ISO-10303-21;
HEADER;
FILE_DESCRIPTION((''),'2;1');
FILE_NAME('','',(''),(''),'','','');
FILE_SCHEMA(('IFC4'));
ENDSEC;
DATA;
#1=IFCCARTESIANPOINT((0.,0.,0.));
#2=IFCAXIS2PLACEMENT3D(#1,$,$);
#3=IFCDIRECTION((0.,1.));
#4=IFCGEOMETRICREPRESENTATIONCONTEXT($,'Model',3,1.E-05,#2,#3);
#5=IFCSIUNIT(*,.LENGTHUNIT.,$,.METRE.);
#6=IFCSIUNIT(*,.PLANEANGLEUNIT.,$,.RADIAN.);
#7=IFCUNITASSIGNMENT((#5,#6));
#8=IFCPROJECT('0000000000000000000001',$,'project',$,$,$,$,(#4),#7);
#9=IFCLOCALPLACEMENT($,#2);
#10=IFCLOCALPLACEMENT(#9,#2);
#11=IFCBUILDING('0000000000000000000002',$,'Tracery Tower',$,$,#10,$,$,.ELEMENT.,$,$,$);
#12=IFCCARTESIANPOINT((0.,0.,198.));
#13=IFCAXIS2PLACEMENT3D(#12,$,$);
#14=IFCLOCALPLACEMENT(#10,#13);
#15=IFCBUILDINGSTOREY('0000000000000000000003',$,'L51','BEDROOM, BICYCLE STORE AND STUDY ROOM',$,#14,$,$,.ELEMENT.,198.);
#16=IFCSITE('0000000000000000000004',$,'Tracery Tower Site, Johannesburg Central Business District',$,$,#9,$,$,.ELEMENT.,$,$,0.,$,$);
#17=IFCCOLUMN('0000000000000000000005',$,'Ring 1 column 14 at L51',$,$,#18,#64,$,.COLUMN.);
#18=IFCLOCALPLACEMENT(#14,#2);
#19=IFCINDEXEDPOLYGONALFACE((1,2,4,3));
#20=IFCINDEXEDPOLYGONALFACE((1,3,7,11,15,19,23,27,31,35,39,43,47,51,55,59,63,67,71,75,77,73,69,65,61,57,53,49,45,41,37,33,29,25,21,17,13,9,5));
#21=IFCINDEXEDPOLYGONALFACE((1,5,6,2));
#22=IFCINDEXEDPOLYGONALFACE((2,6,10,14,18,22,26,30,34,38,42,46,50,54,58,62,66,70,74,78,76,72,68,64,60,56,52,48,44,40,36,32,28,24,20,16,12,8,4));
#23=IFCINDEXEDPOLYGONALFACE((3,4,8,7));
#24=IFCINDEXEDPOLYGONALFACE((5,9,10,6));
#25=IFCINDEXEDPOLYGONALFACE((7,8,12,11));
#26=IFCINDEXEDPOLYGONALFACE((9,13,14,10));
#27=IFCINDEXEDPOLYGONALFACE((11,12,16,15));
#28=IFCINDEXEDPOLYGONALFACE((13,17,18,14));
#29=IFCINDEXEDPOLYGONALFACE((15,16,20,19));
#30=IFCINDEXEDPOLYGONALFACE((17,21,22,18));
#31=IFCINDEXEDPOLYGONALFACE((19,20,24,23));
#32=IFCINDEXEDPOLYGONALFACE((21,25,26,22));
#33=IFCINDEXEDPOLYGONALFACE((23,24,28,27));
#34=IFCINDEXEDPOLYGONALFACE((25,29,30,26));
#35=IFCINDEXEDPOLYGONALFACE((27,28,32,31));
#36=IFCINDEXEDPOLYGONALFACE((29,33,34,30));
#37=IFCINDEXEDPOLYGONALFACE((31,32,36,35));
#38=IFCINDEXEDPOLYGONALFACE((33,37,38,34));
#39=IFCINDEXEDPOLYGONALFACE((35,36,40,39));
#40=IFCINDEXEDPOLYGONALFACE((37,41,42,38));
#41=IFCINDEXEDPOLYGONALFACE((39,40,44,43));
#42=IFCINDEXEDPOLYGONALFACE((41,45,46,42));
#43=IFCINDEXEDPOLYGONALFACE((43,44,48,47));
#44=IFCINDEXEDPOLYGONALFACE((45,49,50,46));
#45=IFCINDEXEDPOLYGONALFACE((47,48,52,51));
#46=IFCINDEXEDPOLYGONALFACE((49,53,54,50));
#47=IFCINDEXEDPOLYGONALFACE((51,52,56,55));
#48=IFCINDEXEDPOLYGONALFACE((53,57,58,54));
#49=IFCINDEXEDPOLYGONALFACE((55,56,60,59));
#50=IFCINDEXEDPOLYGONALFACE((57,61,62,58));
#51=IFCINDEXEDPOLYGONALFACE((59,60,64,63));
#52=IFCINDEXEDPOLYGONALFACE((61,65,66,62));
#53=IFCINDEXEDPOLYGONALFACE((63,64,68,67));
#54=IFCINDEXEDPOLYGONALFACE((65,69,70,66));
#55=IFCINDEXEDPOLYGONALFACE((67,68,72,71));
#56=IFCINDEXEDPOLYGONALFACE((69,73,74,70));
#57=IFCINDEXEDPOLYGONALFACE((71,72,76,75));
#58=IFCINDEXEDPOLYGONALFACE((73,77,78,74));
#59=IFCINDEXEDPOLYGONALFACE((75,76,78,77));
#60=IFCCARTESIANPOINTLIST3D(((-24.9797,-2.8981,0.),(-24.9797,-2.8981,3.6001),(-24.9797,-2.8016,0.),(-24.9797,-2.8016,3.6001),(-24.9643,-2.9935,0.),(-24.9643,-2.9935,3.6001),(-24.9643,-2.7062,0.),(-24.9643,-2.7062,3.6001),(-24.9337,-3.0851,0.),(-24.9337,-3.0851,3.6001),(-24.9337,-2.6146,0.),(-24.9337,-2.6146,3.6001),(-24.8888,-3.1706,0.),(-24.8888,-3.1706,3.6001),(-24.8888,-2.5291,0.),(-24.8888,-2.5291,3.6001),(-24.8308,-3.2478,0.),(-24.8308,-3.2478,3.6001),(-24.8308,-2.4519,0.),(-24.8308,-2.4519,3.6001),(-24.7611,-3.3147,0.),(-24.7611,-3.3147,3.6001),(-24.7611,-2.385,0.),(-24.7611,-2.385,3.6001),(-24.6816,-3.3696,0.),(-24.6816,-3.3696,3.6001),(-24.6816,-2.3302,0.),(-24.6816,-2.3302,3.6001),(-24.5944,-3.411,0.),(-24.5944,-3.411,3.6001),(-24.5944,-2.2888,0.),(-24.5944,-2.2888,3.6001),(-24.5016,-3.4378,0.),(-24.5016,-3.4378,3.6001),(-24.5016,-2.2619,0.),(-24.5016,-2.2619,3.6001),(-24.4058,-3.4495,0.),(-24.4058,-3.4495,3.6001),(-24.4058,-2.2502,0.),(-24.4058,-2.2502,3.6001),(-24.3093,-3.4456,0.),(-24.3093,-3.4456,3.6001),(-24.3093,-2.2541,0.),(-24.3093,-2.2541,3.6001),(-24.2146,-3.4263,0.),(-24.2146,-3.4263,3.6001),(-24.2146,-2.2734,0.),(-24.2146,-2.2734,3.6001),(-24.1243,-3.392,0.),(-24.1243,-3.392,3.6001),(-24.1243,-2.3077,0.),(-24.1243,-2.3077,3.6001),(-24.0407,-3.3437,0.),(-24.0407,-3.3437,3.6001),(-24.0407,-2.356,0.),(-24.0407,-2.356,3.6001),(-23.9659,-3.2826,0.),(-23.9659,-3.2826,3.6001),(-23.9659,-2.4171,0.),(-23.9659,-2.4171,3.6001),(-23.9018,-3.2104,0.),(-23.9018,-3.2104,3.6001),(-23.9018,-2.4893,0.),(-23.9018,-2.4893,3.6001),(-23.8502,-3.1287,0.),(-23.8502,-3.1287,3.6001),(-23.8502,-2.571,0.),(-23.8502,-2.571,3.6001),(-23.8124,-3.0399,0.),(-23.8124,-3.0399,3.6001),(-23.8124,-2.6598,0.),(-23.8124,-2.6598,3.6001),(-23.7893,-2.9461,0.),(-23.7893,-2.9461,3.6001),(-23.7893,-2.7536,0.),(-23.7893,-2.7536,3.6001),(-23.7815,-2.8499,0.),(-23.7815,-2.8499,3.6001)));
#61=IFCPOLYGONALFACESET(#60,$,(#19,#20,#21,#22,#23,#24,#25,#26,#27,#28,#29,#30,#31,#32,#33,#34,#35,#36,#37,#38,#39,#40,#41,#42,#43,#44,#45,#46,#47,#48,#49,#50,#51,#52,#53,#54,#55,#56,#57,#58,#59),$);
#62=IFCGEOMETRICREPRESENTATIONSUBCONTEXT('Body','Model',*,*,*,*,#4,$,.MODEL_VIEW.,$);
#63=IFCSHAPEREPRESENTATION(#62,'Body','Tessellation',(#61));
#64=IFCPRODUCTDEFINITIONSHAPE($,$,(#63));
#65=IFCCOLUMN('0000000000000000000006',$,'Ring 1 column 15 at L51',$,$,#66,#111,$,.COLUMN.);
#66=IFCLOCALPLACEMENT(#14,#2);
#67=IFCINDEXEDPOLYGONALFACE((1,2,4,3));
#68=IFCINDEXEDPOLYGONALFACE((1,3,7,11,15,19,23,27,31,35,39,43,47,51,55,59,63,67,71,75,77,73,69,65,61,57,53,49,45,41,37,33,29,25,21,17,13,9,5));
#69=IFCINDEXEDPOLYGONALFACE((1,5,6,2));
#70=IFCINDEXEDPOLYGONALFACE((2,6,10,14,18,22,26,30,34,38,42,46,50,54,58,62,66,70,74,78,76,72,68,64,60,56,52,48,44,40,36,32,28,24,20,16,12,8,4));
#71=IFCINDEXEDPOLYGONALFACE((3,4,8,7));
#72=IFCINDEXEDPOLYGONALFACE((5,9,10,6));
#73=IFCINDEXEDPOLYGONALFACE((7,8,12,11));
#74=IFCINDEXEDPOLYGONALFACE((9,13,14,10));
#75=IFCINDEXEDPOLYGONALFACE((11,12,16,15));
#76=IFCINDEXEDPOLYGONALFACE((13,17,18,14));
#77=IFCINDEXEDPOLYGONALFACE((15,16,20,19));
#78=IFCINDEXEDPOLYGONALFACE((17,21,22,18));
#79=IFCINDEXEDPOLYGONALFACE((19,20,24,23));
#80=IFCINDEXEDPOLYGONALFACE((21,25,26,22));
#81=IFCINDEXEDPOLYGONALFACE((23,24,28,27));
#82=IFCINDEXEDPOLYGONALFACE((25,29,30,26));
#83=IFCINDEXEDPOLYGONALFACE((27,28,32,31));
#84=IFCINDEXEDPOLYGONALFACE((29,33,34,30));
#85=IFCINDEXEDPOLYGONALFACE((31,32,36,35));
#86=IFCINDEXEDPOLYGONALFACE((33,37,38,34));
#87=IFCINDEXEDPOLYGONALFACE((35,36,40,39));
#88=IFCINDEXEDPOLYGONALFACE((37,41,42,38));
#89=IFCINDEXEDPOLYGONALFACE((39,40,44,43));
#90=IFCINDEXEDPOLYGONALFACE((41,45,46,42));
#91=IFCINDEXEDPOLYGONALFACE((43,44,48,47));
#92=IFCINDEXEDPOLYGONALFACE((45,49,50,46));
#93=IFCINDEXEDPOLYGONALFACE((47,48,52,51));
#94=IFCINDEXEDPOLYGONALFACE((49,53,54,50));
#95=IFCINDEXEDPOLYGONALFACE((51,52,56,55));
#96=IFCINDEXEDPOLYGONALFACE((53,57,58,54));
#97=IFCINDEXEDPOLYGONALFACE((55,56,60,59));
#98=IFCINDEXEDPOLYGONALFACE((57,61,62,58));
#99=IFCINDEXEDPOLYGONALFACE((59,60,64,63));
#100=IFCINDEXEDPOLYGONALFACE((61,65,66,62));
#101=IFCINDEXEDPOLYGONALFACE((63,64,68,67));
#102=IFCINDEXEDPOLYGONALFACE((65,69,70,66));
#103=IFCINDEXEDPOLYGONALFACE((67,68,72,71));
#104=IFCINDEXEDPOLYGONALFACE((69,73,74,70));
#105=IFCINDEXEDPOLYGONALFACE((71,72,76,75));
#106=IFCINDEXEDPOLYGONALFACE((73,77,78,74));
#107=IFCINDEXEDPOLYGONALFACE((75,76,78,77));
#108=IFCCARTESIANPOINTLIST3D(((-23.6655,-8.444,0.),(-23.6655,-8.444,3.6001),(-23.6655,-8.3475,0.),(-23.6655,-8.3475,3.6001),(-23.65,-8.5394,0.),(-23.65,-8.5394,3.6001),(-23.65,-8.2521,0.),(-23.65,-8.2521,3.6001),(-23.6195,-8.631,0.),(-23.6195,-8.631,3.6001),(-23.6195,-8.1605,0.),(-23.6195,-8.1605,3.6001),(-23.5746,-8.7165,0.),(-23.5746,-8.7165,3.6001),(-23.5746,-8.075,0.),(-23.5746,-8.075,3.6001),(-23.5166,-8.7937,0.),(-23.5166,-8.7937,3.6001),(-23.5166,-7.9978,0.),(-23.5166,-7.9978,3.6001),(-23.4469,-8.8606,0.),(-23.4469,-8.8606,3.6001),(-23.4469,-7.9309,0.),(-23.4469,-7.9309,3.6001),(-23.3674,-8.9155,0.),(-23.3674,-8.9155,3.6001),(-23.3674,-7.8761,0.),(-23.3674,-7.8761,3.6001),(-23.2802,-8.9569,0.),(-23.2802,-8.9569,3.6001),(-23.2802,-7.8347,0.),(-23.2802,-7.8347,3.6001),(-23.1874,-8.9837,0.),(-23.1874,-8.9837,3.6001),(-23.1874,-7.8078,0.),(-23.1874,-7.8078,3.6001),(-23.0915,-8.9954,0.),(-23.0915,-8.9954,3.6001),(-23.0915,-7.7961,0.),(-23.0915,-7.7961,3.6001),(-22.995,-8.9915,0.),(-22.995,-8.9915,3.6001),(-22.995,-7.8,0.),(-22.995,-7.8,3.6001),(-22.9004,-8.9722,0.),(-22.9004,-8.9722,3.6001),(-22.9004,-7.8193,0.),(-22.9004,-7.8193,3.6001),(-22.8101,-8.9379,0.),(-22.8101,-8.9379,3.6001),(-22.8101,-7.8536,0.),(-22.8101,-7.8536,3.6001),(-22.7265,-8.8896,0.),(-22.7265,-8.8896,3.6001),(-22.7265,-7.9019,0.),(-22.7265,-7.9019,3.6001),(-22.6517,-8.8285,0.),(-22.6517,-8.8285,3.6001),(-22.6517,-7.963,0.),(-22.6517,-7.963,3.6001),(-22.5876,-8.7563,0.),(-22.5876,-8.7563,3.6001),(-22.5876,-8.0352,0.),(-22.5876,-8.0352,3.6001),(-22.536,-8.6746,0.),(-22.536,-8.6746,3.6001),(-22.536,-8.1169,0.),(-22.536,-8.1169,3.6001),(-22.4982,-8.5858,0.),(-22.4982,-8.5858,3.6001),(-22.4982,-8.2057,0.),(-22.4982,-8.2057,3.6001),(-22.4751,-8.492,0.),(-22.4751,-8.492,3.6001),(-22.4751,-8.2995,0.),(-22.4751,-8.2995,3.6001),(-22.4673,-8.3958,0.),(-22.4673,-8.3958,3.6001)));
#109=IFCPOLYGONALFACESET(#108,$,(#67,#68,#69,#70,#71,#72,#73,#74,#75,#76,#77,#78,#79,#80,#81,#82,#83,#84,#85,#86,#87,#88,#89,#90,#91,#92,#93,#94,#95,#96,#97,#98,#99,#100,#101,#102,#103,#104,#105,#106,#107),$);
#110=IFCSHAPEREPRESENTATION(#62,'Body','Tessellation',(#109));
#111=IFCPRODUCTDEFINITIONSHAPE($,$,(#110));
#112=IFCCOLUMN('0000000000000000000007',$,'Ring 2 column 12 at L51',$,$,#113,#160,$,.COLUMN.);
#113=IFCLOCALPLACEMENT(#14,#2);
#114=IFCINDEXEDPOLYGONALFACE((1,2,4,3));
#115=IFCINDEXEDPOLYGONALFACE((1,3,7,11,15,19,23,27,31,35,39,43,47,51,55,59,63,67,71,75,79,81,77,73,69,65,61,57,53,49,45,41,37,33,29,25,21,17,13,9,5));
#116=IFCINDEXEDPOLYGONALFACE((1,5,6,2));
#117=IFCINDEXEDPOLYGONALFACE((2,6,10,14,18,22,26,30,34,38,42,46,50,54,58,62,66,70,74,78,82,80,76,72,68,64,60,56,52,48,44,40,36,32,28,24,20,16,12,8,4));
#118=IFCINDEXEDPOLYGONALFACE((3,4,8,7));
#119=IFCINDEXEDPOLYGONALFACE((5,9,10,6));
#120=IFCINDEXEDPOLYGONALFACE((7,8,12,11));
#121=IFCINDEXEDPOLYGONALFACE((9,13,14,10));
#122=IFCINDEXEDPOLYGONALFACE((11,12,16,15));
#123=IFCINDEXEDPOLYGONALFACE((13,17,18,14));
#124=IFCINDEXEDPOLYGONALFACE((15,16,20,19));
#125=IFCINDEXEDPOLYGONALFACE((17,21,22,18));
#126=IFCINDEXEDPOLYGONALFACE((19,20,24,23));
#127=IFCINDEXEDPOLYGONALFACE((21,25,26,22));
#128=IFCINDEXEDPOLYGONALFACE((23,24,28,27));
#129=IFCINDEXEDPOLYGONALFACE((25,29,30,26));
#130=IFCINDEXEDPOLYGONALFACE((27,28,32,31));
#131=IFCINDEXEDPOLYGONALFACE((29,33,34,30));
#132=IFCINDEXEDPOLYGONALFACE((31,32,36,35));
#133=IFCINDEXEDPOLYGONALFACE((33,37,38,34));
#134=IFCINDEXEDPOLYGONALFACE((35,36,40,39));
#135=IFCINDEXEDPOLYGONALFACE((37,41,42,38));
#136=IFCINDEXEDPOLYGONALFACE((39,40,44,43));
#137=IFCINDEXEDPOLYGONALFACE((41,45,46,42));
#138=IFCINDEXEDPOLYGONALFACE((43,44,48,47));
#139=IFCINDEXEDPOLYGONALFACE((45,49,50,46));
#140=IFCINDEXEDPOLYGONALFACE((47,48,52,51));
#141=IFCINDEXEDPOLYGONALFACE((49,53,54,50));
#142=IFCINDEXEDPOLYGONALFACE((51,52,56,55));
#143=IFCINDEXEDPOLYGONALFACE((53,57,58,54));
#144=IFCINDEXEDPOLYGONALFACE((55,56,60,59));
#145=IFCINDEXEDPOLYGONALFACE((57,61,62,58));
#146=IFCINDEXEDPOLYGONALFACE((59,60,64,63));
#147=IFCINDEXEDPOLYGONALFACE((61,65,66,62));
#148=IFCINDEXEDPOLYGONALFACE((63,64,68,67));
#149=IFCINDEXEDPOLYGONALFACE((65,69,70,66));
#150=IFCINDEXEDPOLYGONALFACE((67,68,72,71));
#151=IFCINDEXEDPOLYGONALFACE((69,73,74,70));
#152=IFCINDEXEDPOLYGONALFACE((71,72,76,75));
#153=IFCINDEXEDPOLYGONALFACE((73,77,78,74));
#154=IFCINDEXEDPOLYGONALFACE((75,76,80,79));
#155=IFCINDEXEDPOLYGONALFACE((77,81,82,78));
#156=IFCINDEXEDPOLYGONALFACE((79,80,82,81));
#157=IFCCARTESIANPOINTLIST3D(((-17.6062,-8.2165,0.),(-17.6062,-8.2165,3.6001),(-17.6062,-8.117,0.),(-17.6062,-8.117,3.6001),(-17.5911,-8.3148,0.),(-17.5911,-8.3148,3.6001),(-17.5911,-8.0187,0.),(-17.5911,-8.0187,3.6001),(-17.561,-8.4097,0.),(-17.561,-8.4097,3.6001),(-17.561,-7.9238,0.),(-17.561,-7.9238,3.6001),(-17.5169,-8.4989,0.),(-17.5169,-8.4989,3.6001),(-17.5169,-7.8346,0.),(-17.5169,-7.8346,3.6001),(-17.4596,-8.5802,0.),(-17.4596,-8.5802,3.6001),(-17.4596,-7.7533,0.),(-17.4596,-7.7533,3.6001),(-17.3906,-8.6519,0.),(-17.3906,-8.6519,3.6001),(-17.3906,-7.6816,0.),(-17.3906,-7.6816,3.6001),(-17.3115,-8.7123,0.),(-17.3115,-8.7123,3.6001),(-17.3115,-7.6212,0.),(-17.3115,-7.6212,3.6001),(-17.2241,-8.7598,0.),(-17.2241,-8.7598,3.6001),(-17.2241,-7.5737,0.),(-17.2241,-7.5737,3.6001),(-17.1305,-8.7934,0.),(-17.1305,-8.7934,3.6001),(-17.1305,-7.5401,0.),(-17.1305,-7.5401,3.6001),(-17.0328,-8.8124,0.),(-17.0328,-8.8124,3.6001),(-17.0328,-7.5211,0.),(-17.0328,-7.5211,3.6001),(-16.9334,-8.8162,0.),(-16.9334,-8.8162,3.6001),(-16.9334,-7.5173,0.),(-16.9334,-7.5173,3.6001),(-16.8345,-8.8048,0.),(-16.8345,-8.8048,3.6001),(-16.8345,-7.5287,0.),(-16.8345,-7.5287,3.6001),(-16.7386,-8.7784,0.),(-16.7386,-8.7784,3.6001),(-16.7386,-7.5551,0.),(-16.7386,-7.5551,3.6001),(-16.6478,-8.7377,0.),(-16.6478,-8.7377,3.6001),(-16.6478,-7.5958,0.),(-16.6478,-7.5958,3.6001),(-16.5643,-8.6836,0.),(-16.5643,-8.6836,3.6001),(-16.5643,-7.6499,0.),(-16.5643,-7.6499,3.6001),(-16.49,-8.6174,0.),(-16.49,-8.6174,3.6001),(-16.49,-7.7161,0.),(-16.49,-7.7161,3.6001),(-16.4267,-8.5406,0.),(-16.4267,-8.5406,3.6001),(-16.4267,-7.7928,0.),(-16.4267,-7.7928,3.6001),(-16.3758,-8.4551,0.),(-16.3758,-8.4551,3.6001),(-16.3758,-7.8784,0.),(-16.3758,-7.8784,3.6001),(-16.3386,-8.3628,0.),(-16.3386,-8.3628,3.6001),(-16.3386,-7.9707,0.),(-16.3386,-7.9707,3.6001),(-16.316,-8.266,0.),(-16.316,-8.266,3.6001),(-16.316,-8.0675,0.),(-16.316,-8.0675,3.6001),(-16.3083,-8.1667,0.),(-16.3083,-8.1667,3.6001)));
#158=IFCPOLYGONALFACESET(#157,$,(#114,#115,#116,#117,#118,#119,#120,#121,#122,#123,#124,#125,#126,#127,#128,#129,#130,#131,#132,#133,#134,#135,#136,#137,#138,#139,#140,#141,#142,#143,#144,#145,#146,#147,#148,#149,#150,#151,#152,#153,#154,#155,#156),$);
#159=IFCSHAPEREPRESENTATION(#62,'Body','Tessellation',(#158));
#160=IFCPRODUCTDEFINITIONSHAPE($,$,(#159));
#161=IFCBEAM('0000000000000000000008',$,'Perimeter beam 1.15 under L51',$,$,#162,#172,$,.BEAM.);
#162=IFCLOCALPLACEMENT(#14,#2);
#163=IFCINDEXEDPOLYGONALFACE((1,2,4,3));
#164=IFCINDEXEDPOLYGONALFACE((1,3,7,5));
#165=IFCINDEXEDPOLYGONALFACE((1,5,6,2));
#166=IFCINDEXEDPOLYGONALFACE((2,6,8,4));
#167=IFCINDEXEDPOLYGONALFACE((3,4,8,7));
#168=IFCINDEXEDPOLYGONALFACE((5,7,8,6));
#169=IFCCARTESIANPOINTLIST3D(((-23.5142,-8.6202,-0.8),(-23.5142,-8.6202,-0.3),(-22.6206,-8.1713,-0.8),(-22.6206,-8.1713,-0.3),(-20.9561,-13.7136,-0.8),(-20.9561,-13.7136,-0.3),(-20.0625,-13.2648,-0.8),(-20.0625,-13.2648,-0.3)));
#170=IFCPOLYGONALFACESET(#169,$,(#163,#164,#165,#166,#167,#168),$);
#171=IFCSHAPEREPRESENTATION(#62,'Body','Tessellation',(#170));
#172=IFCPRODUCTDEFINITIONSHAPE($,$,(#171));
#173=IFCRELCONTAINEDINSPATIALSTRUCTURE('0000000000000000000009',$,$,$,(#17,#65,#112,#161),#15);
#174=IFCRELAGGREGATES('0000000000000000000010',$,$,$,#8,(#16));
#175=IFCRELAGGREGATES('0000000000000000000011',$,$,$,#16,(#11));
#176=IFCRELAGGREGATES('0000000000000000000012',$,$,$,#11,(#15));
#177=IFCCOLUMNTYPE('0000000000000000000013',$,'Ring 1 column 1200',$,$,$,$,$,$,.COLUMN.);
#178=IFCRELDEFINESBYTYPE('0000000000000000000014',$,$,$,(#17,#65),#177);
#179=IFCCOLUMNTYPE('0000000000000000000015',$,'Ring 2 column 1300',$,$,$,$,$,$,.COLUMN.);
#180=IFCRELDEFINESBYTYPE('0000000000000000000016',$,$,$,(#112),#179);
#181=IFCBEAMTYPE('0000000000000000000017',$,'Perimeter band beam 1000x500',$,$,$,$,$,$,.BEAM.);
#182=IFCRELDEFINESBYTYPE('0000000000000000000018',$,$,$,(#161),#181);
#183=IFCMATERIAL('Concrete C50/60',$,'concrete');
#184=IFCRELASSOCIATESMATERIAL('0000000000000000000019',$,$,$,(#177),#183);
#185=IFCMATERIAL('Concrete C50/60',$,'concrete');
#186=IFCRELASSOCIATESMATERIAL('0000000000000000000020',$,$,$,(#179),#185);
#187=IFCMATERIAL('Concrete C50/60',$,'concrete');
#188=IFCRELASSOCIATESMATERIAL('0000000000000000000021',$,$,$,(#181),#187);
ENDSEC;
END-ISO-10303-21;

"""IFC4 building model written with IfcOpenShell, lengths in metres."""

from ifc_helpers import new_model, si_unit, direction, frame, origin, origin_2d, place, context, subcontext, project, spatial, rectangle, circle, extrude, material, material_profile, profile_set, type_object, element, save


model = new_model("IFC4")

# Units and contexts
model_context = context("Model", 3, precision=1e-05, world=origin(), true_north=direction((0.0, 1.0)))
body_context = subcontext(model_context, "Body", "Model", "MODEL_VIEW")
ifc_project = project(units=[si_unit("LENGTHUNIT", "METRE"), si_unit("PLANEANGLEUNIT", "RADIAN")], contexts=[model_context])

# Site, building, storey
site_placement = place(None, origin())
site = spatial("IfcSite", under=ifc_project, at=site_placement, Name="Tracery Tower Site, Johannesburg Central Business District", CompositionType="ELEMENT", RefElevation=0.0)
building_placement = place(site_placement, origin())
building = spatial("IfcBuilding", under=site, at=building_placement, Name="Tracery Tower", CompositionType="ELEMENT")
storey_placement = place(building_placement, frame((0.0, 0.0, 198.0)))
storey = spatial("IfcBuildingStorey", under=building, at=storey_placement, Name="L51", Description="BEDROOM, BICYCLE STORE AND STUDY ROOM", CompositionType="ELEMENT", Elevation=198.0)

# Columns
ifc_material_1 = material(Name="Concrete C50/60", Category="concrete")
ifc_material_profile_1 = material_profile(ifc_material_1, circle(Radius=0.6001, at=origin_2d()), Name="RC D1200")
ifc_profile_set_1 = profile_set([ifc_material_profile_1], Name="Concrete C50/60")
column_type_1 = type_object("IfcColumnType", Name="Ring 1 column 1200", PredefinedType="COLUMN", material=ifc_profile_set_1)
for number, where, z_axis, x_axis, name in (
    (1, (-24.3816, -2.8499, 0.0), (0.0, 0.0, 1.0), (1.0, 0.0, 0.0), "Ring 1 column 14 at L51"),
    (2, (-23.0674, -8.3958, 0.0), (0.0, 0.0, 1.0), (1.0, 0.0, 0.0), "Ring 1 column 15 at L51"),
):
    element("IfcColumn", number, at=place(storey_placement, frame(where, z_axis=z_axis, x_axis=x_axis)), inside=storey, type_object=column_type_1, Name=name, PredefinedType="COLUMN", context=body_context, shape_type="SweptSolid", body=[
        extrude(circle(Radius=0.6001, at=origin_2d()), origin(), (0.0, 0.0, 1.0), 3.6001),
    ])
ifc_material_2 = material(Name="Concrete C50/60", Category="concrete")
ifc_material_profile_2 = material_profile(ifc_material_2, circle(Radius=0.6499, at=origin_2d()), Name="RC D1300")
ifc_profile_set_2 = profile_set([ifc_material_profile_2], Name="Concrete C50/60")
column_type_2 = type_object("IfcColumnType", Name="Ring 2 column 1300", PredefinedType="COLUMN", material=ifc_profile_set_2)
column_placement = place(storey_placement, frame((-16.9583, -8.1667, 0.0), z_axis=(0.0, 0.0, 1.0), x_axis=(1.0, 0.0, 0.0)))
element("IfcColumn", 3, at=column_placement, inside=storey, type_object=column_type_2, Name="Ring 2 column 12 at L51", PredefinedType="COLUMN", context=body_context, shape_type="SweptSolid", body=[
    extrude(circle(Radius=0.6499, at=origin_2d()), origin(), (0.0, 0.0, 1.0), 3.6001),
])

# Beam
ifc_material_3 = material(Name="Concrete C50/60", Category="concrete")
ifc_material_profile_3 = material_profile(ifc_material_3, rectangle(XDim=1.0, YDim=0.5, at=origin_2d()), Name="RC 1000x500")
ifc_profile_set_3 = profile_set([ifc_material_profile_3], Name="Concrete C50/60")
beam_type = type_object("IfcBeamType", Name="Perimeter band beam 1000x500", PredefinedType="BEAM", material=ifc_profile_set_3)
beam_placement = place(storey_placement, frame((-23.0674, -8.3958, -0.55), z_axis=(0.448806, -0.893629, 0.0), x_axis=(0.893629, 0.448806, 0.0)))
element("IfcBeam", 4, at=beam_placement, inside=storey, type_object=beam_type, Name="Perimeter beam 1.15 under L51", PredefinedType="BEAM", context=body_context, shape_type="SweptSolid", body=[
    extrude(rectangle(XDim=1.0, YDim=0.5, at=origin_2d()), origin(), (0.0, 0.0, 1.0), 5.6997),
])

save(model, "model.ifc")
